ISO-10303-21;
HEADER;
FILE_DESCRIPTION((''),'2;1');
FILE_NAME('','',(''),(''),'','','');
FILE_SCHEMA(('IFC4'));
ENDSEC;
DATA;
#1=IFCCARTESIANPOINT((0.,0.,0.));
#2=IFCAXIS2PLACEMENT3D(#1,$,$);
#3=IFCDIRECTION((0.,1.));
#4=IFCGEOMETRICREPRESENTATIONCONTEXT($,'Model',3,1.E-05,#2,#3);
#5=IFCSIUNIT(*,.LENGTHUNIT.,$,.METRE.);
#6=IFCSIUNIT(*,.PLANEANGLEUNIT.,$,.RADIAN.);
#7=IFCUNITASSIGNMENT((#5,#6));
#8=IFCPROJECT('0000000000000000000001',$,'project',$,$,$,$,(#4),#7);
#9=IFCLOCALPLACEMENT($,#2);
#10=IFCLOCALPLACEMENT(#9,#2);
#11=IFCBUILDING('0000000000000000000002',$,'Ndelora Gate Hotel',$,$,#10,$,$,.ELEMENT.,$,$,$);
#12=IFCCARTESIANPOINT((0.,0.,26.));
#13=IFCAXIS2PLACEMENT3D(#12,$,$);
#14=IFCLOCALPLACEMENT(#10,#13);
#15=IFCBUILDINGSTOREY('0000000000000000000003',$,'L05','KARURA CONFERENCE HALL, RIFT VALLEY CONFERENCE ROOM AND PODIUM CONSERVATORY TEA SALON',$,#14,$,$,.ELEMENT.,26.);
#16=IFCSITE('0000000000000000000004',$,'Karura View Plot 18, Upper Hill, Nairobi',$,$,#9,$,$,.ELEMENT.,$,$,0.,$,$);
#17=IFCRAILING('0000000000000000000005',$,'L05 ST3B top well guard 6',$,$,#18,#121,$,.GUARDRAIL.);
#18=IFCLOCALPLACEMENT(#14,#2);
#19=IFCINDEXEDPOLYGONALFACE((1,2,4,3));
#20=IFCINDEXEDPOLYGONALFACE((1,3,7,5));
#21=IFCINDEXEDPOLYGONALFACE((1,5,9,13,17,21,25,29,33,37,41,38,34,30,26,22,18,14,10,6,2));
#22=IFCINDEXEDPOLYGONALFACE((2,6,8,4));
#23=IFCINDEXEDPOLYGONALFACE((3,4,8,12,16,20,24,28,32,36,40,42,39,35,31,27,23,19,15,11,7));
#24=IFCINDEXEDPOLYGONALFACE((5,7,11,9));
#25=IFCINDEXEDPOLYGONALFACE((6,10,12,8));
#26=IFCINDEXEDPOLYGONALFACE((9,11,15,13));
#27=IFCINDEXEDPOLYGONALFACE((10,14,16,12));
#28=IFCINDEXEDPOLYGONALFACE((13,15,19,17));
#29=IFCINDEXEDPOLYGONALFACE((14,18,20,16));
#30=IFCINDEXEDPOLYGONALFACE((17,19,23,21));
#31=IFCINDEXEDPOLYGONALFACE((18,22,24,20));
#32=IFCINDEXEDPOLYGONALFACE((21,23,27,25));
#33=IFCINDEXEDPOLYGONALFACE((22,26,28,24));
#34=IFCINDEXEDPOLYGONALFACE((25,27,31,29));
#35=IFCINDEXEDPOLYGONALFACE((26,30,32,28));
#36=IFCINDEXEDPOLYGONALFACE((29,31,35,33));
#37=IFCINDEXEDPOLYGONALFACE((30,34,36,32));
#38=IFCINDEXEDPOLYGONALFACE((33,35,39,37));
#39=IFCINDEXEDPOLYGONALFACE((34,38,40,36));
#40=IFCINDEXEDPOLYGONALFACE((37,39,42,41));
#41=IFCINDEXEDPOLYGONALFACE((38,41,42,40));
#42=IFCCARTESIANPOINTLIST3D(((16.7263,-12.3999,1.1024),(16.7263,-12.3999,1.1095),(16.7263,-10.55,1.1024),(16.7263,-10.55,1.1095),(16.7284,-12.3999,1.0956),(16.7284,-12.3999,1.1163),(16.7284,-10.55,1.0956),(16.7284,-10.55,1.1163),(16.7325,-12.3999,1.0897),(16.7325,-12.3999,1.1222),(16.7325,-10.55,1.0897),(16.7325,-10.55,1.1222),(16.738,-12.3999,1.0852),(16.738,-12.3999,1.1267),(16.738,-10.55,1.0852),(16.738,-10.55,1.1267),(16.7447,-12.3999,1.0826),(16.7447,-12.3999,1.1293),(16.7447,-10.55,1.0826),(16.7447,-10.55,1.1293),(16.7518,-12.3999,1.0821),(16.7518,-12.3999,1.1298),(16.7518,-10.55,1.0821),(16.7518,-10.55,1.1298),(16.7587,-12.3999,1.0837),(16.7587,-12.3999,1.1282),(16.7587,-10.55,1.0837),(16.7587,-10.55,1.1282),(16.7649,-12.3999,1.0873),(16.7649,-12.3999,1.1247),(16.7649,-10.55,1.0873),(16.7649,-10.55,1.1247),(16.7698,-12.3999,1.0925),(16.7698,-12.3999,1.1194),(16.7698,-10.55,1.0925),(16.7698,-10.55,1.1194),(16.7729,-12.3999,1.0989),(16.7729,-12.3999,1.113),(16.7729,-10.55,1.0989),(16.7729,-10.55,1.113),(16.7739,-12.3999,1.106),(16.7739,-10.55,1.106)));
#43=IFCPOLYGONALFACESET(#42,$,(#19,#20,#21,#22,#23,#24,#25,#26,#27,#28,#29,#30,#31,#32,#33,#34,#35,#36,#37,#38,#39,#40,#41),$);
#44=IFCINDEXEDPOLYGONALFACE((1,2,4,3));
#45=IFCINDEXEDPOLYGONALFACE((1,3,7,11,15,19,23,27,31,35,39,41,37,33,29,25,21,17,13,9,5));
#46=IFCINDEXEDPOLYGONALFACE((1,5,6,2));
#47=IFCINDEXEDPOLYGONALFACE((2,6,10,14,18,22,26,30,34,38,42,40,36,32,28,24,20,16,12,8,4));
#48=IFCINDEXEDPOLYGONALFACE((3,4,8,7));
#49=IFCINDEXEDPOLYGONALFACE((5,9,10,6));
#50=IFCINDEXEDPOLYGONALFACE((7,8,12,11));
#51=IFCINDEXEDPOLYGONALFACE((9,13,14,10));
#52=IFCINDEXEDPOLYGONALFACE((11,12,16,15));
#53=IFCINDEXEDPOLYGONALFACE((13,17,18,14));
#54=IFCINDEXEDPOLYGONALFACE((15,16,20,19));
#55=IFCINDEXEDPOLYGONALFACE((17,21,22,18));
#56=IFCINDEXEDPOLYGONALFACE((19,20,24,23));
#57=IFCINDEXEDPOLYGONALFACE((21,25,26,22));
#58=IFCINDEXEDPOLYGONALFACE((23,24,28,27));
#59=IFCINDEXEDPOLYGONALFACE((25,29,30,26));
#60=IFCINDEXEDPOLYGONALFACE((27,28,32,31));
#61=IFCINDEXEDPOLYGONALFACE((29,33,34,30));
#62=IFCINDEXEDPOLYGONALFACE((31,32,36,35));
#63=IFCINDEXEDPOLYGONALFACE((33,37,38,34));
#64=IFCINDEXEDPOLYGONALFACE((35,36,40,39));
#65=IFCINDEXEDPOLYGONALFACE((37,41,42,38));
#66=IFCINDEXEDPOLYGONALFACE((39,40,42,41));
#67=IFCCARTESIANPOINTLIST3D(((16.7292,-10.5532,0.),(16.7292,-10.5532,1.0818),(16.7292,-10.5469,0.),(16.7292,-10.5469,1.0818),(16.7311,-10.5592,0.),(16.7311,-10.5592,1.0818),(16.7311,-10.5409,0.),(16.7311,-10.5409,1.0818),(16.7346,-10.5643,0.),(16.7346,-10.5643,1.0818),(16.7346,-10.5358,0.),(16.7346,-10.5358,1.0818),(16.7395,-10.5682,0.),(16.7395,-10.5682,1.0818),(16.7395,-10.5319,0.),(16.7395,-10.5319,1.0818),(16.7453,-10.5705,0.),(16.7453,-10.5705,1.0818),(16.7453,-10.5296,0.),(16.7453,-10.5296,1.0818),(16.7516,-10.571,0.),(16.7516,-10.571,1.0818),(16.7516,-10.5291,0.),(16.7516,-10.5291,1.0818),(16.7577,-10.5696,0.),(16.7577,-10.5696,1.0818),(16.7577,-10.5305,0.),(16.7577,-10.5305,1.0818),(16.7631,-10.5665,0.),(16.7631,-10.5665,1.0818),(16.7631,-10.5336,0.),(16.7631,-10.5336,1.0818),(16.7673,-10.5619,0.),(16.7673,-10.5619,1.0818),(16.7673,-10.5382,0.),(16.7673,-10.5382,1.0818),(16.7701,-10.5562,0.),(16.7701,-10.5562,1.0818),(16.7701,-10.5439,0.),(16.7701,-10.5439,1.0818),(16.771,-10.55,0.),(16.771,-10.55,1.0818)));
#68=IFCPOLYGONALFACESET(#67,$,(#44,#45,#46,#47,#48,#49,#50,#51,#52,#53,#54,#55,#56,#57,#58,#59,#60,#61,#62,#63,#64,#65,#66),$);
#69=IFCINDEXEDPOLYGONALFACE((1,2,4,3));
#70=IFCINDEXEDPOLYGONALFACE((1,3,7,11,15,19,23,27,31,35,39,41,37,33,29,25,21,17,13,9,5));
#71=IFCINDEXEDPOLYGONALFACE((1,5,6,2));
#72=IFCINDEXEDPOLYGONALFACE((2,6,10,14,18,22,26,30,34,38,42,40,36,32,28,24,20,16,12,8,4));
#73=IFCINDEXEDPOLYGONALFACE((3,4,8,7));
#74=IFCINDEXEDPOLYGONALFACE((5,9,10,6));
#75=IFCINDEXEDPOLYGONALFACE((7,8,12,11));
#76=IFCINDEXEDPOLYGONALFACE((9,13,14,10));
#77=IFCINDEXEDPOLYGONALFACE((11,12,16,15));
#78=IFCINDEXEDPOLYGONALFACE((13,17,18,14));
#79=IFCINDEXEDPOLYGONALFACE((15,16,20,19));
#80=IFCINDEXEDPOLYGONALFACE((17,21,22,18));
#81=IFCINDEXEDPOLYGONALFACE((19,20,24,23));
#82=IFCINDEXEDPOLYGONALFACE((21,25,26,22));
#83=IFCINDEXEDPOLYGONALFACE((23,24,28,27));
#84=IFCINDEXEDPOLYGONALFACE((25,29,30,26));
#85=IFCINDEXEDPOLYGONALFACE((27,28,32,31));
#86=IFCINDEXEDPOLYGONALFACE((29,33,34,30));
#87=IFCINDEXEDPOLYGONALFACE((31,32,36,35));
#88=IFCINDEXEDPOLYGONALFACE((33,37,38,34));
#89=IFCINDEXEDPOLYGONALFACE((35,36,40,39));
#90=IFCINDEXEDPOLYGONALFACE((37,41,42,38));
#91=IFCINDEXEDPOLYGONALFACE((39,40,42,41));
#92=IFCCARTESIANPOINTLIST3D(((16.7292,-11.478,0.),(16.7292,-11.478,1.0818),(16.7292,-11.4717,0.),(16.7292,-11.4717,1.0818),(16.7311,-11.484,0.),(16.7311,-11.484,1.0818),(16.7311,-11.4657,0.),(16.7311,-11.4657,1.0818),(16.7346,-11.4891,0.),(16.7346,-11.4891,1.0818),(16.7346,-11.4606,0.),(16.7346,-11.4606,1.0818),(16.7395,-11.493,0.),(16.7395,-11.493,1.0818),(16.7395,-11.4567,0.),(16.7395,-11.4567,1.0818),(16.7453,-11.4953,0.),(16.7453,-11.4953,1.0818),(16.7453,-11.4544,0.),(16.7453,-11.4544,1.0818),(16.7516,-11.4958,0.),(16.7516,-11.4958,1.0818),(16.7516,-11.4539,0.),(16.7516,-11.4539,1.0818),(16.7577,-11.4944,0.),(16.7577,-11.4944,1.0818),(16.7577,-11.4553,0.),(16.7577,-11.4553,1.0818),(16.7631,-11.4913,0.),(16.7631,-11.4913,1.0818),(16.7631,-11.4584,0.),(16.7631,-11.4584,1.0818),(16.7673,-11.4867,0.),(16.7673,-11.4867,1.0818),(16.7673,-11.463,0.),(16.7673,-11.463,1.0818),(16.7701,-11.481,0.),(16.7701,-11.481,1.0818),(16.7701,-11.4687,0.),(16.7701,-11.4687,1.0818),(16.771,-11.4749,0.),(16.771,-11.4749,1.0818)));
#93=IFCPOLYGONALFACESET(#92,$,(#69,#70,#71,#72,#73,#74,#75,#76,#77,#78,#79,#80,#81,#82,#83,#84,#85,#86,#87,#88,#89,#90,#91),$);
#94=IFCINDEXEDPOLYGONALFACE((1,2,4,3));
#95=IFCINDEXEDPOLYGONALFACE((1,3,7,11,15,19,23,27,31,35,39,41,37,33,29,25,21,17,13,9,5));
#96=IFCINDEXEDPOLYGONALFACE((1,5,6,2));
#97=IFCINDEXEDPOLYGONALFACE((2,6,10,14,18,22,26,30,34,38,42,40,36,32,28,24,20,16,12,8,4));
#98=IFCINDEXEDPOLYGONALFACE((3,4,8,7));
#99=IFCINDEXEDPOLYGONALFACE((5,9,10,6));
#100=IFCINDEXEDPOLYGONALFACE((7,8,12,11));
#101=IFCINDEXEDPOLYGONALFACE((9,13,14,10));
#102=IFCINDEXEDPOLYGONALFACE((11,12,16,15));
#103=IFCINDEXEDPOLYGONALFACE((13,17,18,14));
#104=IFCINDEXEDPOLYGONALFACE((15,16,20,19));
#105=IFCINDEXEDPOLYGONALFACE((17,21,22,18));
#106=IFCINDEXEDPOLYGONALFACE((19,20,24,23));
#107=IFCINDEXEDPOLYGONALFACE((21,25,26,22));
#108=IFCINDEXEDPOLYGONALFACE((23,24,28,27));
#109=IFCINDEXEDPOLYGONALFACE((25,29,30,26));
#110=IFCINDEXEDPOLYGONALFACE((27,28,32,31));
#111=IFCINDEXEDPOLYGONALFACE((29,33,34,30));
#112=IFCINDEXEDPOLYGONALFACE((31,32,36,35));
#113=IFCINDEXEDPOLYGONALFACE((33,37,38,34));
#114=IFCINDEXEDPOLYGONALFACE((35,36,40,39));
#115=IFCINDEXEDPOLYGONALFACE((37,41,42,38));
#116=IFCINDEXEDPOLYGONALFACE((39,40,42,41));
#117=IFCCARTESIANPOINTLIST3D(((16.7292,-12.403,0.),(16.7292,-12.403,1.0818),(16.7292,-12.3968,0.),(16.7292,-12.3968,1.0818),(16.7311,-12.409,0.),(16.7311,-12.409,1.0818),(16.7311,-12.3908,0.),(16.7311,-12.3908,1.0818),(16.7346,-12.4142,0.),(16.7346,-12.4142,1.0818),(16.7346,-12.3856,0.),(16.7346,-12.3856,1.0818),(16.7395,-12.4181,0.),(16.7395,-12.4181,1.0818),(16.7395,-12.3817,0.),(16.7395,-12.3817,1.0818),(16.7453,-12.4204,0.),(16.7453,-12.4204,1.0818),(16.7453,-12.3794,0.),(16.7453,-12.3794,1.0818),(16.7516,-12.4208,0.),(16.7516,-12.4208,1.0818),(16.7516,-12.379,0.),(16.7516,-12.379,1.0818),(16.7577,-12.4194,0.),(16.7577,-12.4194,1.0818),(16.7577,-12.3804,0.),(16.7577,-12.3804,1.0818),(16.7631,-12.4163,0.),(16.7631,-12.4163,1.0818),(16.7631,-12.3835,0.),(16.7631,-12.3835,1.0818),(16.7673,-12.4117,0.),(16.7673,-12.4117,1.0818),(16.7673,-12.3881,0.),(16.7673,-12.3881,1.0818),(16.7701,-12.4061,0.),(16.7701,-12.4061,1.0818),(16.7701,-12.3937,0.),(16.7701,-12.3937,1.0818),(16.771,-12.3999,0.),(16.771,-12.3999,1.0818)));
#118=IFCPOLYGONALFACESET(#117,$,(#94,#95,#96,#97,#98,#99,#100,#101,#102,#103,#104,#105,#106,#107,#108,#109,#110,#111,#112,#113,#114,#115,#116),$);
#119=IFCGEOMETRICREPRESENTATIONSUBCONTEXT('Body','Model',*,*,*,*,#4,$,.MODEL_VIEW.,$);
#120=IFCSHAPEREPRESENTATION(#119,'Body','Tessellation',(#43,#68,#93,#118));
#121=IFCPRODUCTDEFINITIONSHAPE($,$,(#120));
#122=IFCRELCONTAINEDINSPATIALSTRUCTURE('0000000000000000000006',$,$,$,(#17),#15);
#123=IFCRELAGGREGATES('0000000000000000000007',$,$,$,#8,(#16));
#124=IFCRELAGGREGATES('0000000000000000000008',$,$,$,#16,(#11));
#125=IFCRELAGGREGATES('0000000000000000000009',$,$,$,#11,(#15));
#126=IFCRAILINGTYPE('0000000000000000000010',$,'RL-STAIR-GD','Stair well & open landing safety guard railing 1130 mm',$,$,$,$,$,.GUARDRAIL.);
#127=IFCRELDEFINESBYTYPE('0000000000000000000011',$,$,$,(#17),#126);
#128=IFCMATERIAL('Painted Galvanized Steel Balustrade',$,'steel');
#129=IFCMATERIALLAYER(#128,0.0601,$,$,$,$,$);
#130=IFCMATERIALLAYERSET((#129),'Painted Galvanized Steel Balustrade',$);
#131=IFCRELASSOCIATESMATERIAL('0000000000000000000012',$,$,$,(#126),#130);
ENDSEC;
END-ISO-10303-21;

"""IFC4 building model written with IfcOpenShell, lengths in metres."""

from ifc_helpers import new_model, si_unit, direction, frame, origin, origin_2d, place, context, subcontext, project, spatial, circle, extrude, material, layer, layer_set, type_object, element, save


model = new_model("IFC4")

# Units and contexts
model_context = context("Model", 3, precision=1e-05, world=origin(), true_north=direction((0.0, 1.0)))
body_context = subcontext(model_context, "Body", "Model", "MODEL_VIEW")
ifc_project = project(units=[si_unit("LENGTHUNIT", "METRE"), si_unit("PLANEANGLEUNIT", "RADIAN")], contexts=[model_context])

# Site, building, storey
site_placement = place(None, origin())
site = spatial("IfcSite", under=ifc_project, at=site_placement, Name="Karura View Plot 18, Upper Hill, Nairobi", CompositionType="ELEMENT", RefElevation=0.0)
building_placement = place(site_placement, origin())
building = spatial("IfcBuilding", under=site, at=building_placement, Name="Ndelora Gate Hotel", CompositionType="ELEMENT")
storey_placement = place(building_placement, frame((0.0, 0.0, 26.0)))
storey = spatial("IfcBuildingStorey", under=building, at=storey_placement, Name="L05", Description="KARURA CONFERENCE HALL, RIFT VALLEY CONFERENCE ROOM AND PODIUM CONSERVATORY TEA SALON", CompositionType="ELEMENT", Elevation=26.0)

# Railing
ifc_material_1 = material(Name="Painted Galvanized Steel Balustrade", Category="steel")
ifc_layer_1 = layer(ifc_material_1, 0.0601)
ifc_layer_set_1 = layer_set([ifc_layer_1], Name="Painted Galvanized Steel Balustrade")
railing_type = type_object("IfcRailingType", Name="RL-STAIR-GD", Description="Stair well & open landing safety guard railing 1130 mm", PredefinedType="GUARDRAIL", material=ifc_layer_set_1)
for number, where, name in (
    (1, (16.75, -10.55, 0.0), "L05 ST3B top well guard 6"),
):
    element("IfcRailing", number, at=place(storey_placement, frame(where)), inside=storey, type_object=railing_type, Name=name, PredefinedType="GUARDRAIL", context=body_context, shape_type="SweptSolid", body=[
        extrude(circle(Radius=0.0239, at=origin_2d()), frame((0.0, 0.0, 1.106), z_axis=(0.0, -1.0, 0.0), x_axis=(1.0, 0.0, 0.0)), (0.0, 0.0, 1.0), 1.8499),
        extrude(circle(Radius=0.021, at=origin_2d()), origin(), (0.0, 0.0, 1.0), 1.0818),
        extrude(circle(Radius=0.021, at=origin_2d()), frame((0.0, -0.9248, 0.0)), (0.0, 0.0, 1.0), 1.0818),
        extrude(circle(Radius=0.021, at=origin_2d()), frame((0.0, -1.8499, 0.0)), (0.0, 0.0, 1.0), 1.0818),
    ])

save(model, "model.ifc")
